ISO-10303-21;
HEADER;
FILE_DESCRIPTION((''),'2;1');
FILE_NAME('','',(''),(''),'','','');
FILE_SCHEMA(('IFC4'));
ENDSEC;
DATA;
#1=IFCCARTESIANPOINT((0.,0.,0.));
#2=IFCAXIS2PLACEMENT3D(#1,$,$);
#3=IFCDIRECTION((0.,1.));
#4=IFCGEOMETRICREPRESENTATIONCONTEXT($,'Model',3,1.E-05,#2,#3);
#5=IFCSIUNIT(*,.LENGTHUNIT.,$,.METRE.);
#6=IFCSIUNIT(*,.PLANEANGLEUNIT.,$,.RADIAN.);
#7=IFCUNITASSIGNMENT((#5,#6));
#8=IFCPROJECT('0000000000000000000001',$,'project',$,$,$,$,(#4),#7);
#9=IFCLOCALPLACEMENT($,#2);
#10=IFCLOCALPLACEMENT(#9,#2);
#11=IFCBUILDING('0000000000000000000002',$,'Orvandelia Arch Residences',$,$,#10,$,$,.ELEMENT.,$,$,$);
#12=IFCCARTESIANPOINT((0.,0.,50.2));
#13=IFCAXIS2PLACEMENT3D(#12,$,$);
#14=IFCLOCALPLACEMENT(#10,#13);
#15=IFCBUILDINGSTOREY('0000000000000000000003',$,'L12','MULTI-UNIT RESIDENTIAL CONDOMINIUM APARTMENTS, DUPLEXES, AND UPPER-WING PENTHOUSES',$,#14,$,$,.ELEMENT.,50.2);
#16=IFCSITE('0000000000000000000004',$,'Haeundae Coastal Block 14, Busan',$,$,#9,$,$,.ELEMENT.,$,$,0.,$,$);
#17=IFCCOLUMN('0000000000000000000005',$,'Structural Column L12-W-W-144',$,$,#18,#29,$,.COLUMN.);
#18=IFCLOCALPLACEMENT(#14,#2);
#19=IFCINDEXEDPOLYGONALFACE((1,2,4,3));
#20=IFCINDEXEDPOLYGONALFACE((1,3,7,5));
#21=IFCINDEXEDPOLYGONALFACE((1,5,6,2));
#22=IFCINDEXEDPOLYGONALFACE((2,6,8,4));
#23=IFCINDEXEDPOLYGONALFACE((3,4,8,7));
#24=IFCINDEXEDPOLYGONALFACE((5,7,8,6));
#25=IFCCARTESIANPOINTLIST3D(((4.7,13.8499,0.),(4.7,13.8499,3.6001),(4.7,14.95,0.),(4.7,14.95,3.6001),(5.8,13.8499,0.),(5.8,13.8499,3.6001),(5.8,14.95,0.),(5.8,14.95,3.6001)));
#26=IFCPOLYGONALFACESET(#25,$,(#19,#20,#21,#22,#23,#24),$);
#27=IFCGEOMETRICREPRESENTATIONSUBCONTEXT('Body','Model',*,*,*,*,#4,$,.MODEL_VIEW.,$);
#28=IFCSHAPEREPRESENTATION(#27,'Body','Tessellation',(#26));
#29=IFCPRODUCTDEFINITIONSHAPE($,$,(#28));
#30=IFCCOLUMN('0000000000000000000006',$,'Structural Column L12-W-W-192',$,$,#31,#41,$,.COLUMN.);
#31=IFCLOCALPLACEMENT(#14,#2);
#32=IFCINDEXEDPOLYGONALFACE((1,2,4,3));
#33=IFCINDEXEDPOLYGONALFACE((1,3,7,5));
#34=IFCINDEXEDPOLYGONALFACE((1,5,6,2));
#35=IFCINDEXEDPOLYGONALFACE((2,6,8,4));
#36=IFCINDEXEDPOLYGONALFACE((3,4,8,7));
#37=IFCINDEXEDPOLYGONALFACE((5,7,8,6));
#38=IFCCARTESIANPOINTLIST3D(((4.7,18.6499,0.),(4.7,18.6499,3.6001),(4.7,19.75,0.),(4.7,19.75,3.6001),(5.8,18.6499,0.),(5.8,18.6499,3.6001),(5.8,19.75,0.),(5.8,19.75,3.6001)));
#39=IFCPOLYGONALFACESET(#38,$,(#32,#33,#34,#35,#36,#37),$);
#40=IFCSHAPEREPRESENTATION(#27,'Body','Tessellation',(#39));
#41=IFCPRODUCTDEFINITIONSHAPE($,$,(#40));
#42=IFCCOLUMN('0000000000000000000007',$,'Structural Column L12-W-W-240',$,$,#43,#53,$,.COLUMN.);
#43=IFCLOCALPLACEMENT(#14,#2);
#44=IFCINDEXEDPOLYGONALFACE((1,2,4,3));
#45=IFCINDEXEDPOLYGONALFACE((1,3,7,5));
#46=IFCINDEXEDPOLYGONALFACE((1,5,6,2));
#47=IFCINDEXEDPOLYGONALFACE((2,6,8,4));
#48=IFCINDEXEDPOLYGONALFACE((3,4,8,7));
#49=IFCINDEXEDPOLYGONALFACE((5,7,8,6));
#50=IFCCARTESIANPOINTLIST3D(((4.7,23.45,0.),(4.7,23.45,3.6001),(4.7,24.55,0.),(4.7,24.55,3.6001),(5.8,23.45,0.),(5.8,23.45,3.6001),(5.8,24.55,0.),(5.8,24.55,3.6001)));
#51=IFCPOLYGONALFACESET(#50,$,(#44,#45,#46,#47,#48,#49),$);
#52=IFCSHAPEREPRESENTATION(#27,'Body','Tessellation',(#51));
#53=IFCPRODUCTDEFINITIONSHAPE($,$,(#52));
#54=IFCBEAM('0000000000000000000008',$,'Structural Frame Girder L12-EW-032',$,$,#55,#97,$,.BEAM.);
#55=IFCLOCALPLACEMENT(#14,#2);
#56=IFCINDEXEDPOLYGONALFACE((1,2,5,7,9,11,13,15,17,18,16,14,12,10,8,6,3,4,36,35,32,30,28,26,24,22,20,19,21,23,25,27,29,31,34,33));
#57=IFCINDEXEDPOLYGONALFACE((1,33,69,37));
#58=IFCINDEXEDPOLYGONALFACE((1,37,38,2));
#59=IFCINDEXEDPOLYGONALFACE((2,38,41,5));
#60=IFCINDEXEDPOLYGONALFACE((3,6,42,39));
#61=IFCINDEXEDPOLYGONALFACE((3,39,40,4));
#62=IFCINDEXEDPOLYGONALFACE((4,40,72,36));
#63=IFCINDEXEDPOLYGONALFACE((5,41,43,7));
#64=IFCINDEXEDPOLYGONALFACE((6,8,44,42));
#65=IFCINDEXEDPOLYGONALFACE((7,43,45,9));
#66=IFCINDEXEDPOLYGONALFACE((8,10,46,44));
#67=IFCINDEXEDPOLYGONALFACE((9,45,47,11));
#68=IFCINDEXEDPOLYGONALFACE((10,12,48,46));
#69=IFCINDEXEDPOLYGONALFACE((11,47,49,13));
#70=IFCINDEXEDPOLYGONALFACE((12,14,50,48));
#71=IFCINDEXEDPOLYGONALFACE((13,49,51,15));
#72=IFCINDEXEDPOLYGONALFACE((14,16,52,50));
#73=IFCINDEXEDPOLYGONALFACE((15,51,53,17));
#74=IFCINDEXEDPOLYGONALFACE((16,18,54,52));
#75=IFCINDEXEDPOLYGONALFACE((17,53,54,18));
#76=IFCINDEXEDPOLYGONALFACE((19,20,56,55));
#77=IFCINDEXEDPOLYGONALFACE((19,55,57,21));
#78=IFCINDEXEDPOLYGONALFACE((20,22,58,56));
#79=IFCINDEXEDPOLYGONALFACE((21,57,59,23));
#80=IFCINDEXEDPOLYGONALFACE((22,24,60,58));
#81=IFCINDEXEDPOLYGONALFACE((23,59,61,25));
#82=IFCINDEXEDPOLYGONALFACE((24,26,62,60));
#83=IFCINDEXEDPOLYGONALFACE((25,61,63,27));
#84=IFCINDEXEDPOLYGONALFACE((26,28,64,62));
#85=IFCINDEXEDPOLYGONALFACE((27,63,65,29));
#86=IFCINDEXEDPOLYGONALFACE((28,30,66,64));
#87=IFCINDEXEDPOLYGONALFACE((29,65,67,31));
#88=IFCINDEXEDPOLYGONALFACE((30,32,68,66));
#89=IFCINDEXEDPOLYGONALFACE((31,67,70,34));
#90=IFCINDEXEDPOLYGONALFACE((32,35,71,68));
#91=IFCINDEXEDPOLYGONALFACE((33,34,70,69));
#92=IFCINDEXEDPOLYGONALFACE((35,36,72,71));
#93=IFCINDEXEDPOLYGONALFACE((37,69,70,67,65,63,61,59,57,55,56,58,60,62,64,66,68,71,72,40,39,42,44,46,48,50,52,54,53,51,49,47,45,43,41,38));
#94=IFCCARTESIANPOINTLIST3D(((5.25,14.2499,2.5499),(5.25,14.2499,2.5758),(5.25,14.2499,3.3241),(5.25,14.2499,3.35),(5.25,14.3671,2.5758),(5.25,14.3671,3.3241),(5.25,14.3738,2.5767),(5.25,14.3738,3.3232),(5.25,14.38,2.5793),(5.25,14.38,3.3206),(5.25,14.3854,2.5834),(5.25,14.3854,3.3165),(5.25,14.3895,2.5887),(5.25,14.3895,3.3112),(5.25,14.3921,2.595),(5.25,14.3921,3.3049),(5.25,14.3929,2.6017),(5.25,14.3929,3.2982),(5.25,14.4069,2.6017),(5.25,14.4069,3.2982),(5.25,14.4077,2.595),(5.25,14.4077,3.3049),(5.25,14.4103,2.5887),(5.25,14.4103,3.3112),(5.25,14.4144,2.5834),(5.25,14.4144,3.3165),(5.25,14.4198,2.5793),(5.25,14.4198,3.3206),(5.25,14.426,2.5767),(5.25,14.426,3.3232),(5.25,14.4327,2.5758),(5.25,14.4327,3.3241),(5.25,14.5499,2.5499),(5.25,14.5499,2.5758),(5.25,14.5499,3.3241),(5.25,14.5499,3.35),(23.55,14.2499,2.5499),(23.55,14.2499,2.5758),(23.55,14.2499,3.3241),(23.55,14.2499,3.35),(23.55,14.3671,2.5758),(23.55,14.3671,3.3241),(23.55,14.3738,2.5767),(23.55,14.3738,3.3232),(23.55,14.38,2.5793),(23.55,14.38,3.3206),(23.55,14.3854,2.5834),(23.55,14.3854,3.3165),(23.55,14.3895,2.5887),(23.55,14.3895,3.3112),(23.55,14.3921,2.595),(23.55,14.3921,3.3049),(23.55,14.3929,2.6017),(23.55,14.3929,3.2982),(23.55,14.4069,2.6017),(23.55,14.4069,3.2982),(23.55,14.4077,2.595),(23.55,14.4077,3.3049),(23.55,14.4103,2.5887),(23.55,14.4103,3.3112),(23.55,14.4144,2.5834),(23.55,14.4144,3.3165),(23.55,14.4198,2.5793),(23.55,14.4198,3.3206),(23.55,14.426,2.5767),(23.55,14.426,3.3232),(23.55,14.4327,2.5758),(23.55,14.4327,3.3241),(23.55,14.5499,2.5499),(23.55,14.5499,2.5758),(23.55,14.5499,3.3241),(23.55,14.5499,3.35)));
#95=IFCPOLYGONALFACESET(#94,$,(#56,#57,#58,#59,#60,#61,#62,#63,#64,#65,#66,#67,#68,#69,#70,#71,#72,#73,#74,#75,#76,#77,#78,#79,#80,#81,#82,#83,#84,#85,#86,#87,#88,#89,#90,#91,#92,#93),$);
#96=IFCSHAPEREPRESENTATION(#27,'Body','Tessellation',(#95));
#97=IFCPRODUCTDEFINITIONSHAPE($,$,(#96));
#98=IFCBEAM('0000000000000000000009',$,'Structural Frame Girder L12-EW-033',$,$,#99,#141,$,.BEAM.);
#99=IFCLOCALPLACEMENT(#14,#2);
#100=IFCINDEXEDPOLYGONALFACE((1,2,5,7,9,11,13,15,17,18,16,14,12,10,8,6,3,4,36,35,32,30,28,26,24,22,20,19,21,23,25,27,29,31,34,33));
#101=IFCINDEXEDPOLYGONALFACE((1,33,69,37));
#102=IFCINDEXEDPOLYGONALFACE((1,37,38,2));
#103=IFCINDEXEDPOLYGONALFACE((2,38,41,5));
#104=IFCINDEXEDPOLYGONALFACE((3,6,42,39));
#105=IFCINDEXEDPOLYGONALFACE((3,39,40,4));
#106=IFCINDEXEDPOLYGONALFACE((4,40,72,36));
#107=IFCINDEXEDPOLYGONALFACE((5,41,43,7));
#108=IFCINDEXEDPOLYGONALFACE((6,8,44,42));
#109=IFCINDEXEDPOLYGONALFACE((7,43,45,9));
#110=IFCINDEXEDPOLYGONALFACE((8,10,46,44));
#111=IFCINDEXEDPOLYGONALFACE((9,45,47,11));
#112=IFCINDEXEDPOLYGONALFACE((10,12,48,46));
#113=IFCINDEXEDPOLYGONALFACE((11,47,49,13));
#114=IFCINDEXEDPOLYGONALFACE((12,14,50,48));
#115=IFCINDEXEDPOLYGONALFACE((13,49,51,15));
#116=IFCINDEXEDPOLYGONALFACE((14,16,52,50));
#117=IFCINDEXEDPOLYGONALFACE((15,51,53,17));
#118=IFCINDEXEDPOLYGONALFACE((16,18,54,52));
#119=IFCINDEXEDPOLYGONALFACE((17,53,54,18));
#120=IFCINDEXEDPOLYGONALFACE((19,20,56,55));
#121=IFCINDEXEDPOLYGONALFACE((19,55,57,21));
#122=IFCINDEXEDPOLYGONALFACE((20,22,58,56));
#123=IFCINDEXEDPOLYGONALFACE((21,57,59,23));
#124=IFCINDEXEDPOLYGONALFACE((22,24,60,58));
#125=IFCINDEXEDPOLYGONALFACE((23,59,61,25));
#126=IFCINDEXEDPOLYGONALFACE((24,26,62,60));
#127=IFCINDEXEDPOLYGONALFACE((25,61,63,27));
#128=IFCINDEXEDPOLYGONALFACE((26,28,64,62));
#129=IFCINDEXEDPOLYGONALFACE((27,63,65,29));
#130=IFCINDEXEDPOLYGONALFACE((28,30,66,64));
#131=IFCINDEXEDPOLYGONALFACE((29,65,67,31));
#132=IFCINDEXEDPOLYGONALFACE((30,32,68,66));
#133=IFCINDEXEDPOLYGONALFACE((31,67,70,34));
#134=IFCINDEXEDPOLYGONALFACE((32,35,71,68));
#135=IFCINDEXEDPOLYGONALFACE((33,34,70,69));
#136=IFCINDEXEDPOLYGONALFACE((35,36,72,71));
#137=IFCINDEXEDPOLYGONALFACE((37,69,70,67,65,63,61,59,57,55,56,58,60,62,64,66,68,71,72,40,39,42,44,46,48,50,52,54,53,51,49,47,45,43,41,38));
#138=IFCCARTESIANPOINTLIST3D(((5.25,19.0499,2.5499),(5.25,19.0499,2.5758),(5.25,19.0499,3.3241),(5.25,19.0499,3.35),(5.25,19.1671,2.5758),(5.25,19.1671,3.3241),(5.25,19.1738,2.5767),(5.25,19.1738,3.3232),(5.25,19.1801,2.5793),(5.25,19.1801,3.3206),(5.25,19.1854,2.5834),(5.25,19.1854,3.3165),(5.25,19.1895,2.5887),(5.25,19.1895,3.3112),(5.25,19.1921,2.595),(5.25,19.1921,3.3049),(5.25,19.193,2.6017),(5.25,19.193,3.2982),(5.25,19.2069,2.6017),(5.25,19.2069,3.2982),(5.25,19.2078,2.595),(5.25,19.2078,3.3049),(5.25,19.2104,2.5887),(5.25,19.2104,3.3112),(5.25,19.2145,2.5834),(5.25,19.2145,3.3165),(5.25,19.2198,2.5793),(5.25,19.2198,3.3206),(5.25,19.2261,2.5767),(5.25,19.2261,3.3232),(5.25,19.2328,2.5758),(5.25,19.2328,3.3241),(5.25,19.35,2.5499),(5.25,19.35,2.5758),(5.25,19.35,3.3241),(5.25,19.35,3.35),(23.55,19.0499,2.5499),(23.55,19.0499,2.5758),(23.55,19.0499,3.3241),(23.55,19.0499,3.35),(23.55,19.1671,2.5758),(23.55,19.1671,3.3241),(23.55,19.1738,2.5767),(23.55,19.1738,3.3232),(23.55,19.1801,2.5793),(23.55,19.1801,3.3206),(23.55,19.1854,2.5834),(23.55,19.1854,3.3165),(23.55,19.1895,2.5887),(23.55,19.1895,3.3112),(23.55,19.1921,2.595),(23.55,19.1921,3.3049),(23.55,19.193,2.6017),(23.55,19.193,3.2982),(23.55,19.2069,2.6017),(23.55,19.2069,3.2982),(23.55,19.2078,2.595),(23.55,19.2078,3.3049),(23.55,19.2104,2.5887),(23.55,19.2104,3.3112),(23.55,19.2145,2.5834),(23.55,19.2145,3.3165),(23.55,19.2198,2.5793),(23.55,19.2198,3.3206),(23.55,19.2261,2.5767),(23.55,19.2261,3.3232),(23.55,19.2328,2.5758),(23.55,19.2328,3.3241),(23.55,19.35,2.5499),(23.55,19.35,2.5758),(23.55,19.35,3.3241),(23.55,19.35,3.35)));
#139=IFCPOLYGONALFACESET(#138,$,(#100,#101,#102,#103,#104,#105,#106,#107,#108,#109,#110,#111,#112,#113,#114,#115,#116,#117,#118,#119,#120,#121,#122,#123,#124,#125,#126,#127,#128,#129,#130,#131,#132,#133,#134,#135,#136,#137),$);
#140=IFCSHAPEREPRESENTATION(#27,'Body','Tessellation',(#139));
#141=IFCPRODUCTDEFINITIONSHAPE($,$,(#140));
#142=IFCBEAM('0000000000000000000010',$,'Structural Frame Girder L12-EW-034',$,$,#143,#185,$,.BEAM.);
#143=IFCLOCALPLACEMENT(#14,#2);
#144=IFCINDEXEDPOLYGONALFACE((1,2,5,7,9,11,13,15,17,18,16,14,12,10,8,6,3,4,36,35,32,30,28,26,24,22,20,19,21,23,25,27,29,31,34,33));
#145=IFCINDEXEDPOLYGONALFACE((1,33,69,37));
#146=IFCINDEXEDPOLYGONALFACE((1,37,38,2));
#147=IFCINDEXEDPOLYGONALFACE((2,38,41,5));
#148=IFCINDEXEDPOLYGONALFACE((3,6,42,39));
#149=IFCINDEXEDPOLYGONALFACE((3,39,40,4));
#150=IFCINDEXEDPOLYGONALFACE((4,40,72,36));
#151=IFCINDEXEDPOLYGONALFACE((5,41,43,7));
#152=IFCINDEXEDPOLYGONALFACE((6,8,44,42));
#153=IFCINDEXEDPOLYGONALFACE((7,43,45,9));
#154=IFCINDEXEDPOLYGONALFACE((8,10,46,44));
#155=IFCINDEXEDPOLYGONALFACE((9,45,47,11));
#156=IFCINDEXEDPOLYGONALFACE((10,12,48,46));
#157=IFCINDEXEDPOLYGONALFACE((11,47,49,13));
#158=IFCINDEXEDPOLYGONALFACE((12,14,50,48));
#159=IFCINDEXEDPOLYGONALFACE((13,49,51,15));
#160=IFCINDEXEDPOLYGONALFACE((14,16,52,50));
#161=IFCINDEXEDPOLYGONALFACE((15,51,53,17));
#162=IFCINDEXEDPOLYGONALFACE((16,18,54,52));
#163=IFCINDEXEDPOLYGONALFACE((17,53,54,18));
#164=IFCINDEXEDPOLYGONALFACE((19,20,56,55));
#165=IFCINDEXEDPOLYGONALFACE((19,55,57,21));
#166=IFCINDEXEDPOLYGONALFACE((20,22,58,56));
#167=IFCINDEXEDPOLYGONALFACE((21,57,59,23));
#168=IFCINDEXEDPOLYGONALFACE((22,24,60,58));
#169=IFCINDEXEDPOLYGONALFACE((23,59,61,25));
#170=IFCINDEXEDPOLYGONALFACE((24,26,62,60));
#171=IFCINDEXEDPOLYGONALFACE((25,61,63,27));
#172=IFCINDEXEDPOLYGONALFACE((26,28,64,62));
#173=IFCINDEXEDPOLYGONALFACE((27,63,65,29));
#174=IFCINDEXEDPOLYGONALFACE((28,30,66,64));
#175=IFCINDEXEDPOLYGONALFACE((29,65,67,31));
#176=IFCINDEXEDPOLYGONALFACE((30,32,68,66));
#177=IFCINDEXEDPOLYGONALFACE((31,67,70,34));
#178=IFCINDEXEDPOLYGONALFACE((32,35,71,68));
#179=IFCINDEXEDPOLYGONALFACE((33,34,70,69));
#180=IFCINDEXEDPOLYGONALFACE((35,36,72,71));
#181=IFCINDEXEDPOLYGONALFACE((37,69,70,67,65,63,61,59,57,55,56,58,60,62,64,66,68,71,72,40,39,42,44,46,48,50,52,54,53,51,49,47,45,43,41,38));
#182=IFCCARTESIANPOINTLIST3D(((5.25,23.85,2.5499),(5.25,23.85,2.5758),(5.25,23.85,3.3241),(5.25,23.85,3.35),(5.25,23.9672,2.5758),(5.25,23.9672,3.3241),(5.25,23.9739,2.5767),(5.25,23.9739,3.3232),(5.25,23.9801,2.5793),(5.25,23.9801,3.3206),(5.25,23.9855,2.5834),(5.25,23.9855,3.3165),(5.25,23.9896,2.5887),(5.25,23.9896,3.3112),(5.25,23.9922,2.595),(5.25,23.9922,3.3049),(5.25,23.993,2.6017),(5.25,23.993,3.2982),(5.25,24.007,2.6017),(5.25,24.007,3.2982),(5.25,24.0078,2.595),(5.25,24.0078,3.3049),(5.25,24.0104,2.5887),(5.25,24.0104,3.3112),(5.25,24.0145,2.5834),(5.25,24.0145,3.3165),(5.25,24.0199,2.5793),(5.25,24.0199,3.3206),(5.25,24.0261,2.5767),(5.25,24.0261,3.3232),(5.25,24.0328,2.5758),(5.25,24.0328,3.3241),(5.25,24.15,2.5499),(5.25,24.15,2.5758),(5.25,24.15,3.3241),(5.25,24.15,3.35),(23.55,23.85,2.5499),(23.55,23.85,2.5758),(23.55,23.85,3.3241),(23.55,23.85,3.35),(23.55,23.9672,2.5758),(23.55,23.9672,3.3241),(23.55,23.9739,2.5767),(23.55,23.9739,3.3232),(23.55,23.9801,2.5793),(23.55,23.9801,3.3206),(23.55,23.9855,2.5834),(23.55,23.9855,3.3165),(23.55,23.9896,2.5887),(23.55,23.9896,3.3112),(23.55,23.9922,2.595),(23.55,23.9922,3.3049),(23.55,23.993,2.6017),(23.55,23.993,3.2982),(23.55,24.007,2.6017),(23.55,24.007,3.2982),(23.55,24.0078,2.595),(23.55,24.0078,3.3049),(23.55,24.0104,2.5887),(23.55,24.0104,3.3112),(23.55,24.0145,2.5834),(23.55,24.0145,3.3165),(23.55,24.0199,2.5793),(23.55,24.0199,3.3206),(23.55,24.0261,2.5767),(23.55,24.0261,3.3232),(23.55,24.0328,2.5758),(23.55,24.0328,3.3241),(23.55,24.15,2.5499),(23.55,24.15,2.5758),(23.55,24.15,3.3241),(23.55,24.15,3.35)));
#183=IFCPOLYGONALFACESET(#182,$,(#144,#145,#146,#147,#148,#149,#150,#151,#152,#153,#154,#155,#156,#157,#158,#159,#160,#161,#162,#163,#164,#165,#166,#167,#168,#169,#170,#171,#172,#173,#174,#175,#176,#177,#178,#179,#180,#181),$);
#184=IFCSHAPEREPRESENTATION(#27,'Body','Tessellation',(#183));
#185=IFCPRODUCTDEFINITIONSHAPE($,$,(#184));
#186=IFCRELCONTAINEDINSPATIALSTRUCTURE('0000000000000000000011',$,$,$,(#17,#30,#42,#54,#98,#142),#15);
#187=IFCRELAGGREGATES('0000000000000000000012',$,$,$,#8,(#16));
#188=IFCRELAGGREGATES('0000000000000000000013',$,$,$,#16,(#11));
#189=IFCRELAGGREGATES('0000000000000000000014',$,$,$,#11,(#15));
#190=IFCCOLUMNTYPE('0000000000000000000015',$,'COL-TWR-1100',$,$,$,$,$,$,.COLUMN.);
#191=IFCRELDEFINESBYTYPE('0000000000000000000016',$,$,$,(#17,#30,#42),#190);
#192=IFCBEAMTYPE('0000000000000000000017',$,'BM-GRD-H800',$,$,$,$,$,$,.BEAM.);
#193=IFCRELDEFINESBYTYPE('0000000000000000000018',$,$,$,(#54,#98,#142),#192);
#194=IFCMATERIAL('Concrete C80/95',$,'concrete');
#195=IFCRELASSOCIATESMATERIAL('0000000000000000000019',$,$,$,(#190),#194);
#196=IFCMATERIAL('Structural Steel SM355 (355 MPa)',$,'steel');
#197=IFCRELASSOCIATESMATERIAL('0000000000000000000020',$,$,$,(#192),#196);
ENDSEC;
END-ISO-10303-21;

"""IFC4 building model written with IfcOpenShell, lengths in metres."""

from ifc_helpers import new_model, si_unit, direction, frame, origin, origin_2d, place, context, subcontext, project, spatial, rectangle, i_section, extrude, material, material_profile, profile_set, type_object, element, save


model = new_model("IFC4")

# Units and contexts
model_context = context("Model", 3, precision=1e-05, world=origin(), true_north=direction((0.0, 1.0)))
body_context = subcontext(model_context, "Body", "Model", "MODEL_VIEW")
ifc_project = project(units=[si_unit("LENGTHUNIT", "METRE"), si_unit("PLANEANGLEUNIT", "RADIAN")], contexts=[model_context])

# Site, building, storey
site_placement = place(None, origin())
site = spatial("IfcSite", under=ifc_project, at=site_placement, Name="Haeundae Coastal Block 14, Busan", CompositionType="ELEMENT", RefElevation=0.0)
building_placement = place(site_placement, origin())
building = spatial("IfcBuilding", under=site, at=building_placement, Name="Orvandelia Arch Residences", CompositionType="ELEMENT")
storey_placement = place(building_placement, frame((0.0, 0.0, 50.2)))
storey = spatial("IfcBuildingStorey", under=building, at=storey_placement, Name="L12", Description="MULTI-UNIT RESIDENTIAL CONDOMINIUM APARTMENTS, DUPLEXES, AND UPPER-WING PENTHOUSES", CompositionType="ELEMENT", Elevation=50.2)

# Columns
ifc_material_1 = material(Name="Concrete C80/95", Category="concrete")
ifc_material_profile_1 = material_profile(ifc_material_1, rectangle(XDim=1.1001, YDim=1.1001, at=origin_2d()), Name="Concrete C80/95", Category="concrete")
ifc_profile_set_1 = profile_set([ifc_material_profile_1], Name="Concrete C80/95")
column_type = type_object("IfcColumnType", Name="COL-TWR-1100", PredefinedType="COLUMN", material=ifc_profile_set_1)
for number, where, z_axis, x_axis, name in (
    (1, (5.25, 14.3999, 0.0), (0.0, 0.0, 1.0), (1.0, 0.0, 0.0), "Structural Column L12-W-W-144"),
    (2, (5.25, 19.2, 0.0), (0.0, 0.0, 1.0), (1.0, 0.0, 0.0), "Structural Column L12-W-W-192"),
    (3, (5.25, 24.0, 0.0), (0.0, 0.0, 1.0), (1.0, 0.0, 0.0), "Structural Column L12-W-W-240"),
):
    element("IfcColumn", number, at=place(storey_placement, frame(where, z_axis=z_axis, x_axis=x_axis)), inside=storey, type_object=column_type, Name=name, PredefinedType="COLUMN", context=body_context, shape_type="SweptSolid", body=[
        extrude(rectangle(XDim=1.1001, YDim=1.1001, at=origin_2d()), origin(), (0.0, 0.0, 1.0), 3.6001),
    ])

# Beams
ifc_material_2 = material(Name="Structural Steel SM355 (355 MPa)", Category="steel")
ifc_material_profile_2 = material_profile(ifc_material_2, i_section(OverallWidth=0.3, OverallDepth=0.8, WebThickness=0.0139, FlangeThickness=0.0259, FilletRadius=0.0259, at=origin_2d()), Name="Structural Steel SM355 (355 MPa)", Category="steel")
ifc_profile_set_2 = profile_set([ifc_material_profile_2], Name="Structural Steel SM355 (355 MPa)")
beam_type_1 = type_object("IfcBeamType", Name="BM-GRD-H800", PredefinedType="BEAM", material=ifc_profile_set_2)
for number, where, z_axis, x_axis, name in (
    (4, (5.25, 14.3999, 2.95), (1.0, 0.0, 0.0), (0.0, 1.0, 0.0), "Structural Frame Girder L12-EW-032"),
    (5, (5.25, 19.2, 2.95), (1.0, 0.0, 0.0), (0.0, 1.0, 0.0), "Structural Frame Girder L12-EW-033"),
    (6, (5.25, 24.0, 2.95), (1.0, 0.0, 0.0), (0.0, 1.0, 0.0), "Structural Frame Girder L12-EW-034"),
):
    element("IfcBeam", number, at=place(storey_placement, frame(where, z_axis=z_axis, x_axis=x_axis)), inside=storey, type_object=beam_type_1, Name=name, PredefinedType="BEAM", context=body_context, shape_type="SweptSolid", body=[
        extrude(i_section(OverallWidth=0.3, OverallDepth=0.8, WebThickness=0.0139, FlangeThickness=0.0259, FilletRadius=0.0259, at=origin_2d()), origin(), (0.0, 0.0, 1.0), 18.3),
    ])

save(model, "model.ifc")
